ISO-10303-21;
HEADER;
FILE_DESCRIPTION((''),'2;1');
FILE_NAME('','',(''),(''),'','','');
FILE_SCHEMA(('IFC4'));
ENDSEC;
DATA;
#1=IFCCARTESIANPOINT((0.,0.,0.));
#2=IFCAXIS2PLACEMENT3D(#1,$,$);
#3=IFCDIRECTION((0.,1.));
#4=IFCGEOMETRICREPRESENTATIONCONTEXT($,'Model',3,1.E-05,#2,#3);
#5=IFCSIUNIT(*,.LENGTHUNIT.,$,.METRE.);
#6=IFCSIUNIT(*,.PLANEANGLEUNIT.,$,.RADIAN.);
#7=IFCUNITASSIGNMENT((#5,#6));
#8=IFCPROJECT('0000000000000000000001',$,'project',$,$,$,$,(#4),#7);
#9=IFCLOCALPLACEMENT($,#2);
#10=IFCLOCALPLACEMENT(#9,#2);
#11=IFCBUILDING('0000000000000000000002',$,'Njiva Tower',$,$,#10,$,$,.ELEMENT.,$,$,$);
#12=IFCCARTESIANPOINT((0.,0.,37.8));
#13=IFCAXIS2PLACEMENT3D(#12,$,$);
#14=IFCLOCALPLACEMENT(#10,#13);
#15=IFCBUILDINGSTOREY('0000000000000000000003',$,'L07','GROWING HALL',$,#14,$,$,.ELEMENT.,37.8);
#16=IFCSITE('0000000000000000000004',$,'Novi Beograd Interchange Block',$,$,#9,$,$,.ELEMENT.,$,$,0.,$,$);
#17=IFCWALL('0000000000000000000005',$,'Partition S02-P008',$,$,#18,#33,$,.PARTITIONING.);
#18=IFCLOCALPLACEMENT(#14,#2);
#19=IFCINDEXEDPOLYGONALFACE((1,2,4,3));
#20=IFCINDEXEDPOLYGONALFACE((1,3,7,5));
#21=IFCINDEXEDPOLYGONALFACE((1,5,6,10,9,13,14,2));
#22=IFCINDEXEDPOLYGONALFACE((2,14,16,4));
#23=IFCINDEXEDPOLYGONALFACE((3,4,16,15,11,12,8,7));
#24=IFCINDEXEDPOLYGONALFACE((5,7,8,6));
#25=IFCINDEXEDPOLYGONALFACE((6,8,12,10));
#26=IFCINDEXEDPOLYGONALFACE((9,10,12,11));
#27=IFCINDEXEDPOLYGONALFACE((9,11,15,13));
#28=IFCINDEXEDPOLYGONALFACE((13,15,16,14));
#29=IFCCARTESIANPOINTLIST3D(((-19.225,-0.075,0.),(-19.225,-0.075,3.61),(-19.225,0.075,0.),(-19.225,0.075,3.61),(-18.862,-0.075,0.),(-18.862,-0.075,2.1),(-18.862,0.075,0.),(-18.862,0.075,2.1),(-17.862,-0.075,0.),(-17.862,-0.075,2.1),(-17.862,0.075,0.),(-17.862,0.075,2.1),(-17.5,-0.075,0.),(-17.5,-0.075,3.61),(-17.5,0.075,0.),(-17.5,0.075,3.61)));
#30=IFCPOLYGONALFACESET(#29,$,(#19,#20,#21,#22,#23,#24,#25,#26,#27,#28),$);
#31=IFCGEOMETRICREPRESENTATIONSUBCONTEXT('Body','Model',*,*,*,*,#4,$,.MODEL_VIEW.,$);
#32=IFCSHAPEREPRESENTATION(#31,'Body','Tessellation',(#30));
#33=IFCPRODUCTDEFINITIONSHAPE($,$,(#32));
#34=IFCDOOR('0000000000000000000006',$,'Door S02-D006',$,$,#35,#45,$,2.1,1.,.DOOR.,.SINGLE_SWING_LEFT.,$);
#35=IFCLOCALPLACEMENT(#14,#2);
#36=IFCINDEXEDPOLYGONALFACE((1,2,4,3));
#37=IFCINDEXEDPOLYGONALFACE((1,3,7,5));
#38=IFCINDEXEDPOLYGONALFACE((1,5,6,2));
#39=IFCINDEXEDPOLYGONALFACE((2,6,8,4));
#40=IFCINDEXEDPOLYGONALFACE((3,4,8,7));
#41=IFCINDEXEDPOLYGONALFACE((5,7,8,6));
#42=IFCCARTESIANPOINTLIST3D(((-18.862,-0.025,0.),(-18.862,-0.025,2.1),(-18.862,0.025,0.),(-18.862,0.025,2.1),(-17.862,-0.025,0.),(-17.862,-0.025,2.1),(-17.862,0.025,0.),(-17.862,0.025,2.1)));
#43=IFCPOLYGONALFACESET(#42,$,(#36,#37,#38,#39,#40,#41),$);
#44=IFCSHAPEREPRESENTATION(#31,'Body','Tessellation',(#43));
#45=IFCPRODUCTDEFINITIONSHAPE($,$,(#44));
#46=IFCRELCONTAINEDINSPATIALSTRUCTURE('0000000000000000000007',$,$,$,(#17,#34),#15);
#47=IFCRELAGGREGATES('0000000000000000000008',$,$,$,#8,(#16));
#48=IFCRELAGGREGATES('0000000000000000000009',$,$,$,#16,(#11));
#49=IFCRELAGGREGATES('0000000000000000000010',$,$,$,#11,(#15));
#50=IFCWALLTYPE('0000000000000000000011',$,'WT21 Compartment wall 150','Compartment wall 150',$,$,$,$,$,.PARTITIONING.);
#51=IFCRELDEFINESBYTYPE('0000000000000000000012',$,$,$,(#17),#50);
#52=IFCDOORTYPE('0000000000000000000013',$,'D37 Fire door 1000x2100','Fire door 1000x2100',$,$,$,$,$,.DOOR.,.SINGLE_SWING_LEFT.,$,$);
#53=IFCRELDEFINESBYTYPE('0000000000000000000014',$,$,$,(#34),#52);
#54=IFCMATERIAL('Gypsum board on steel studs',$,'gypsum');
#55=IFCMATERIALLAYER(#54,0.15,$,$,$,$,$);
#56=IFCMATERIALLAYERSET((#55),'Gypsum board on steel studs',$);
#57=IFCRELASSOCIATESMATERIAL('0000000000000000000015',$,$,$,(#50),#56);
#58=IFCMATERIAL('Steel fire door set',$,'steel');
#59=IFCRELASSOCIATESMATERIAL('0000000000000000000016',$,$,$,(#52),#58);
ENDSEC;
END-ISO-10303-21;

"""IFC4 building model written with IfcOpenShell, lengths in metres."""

from ifc_helpers import new_model, si_unit, direction, frame, frame_2d, origin, place, context, subcontext, project, spatial, rectangle, extrude, material, layer, layer_set, type_object, element, fill, save


model = new_model("IFC4")

# Units and contexts
model_context = context("Model", 3, precision=1e-05, world=origin(), true_north=direction((0.0, 1.0)))
body_context = subcontext(model_context, "Body", "Model", "MODEL_VIEW")
ifc_project = project(units=[si_unit("LENGTHUNIT", "METRE"), si_unit("PLANEANGLEUNIT", "RADIAN")], contexts=[model_context])

# Site, building, storey
site_placement = place(None, origin())
site = spatial("IfcSite", under=ifc_project, at=site_placement, Name="Novi Beograd Interchange Block", CompositionType="ELEMENT", RefElevation=0.0)
building_placement = place(site_placement, origin())
building = spatial("IfcBuilding", under=site, at=building_placement, Name="Njiva Tower", CompositionType="ELEMENT")
storey_placement = place(building_placement, frame((0.0, 0.0, 37.8)))
storey = spatial("IfcBuildingStorey", under=building, at=storey_placement, Name="L07", Description="GROWING HALL", CompositionType="ELEMENT", Elevation=37.8)

# Shared definitions
ifc_material_1 = material(Name="Gypsum board on steel studs", Category="gypsum")

# Wall, opening, door
ifc_layer_1 = layer(ifc_material_1, 0.15)
ifc_layer_set_1 = layer_set([ifc_layer_1], Name="Gypsum board on steel studs")
wall_type_1 = type_object("IfcWallType", Name="WT21 Compartment wall 150", Description="Compartment wall 150", PredefinedType="PARTITIONING", material=ifc_layer_set_1)
wall_1_placement = place(storey_placement, frame((-19.225, 0.0, 0.0), z_axis=(0.0, 0.0, 1.0), x_axis=(1.0, 0.0, 0.0)))
wall_1 = element("IfcWall", 1, at=wall_1_placement, inside=storey, type_object=wall_type_1, Name="Partition S02-P008", PredefinedType="PARTITIONING", context=body_context, shape_type="SweptSolid", body=[
    extrude(rectangle(XDim=1.725, YDim=0.15, at=frame_2d((0.8625, 0.0))), origin(), (0.0, 0.0, 1.0), 3.61),
])
opening_1_placement = place(wall_1_placement, frame((0.363, 0.0, 0.0)))
opening_1 = element("IfcOpeningElement", 2, at=opening_1_placement, cuts=wall_1, PredefinedType="OPENING", context=body_context, shape_type="SweptSolid", body=[
    extrude(rectangle(XDim=1.0, YDim=2.1, at=frame_2d((0.5, 1.05))), frame((0.0, 0.085, 0.0), z_axis=(0.0, -1.0, 0.0), x_axis=(1.0, 0.0, 0.0)), (0.0, 0.0, 1.0), 0.17),
])
ifc_material_2 = material(Name="Steel fire door set", Category="steel")
door_type_1 = type_object("IfcDoorType", Name="D37 Fire door 1000x2100", Description="Fire door 1000x2100", OperationType="SINGLE_SWING_LEFT", PredefinedType="DOOR", material=ifc_material_2)
door_1_placement = place(opening_1_placement, origin())
door_1 = element("IfcDoor", 3, at=door_1_placement, inside=storey, type_object=door_type_1, Name="Door S02-D006", OperationType="SINGLE_SWING_LEFT", OverallHeight=2.1, OverallWidth=1.0, PredefinedType="DOOR", context=body_context, shape_type="SweptSolid", body=[
    extrude(rectangle(XDim=1.0, YDim=2.1, at=frame_2d((0.5, 1.05))), frame((0.0, 0.025, 0.0), z_axis=(0.0, -1.0, 0.0), x_axis=(1.0, 0.0, 0.0)), (0.0, 0.0, 1.0), 0.05),
])
fill(opening_1, door_1)

save(model, "model.ifc")
